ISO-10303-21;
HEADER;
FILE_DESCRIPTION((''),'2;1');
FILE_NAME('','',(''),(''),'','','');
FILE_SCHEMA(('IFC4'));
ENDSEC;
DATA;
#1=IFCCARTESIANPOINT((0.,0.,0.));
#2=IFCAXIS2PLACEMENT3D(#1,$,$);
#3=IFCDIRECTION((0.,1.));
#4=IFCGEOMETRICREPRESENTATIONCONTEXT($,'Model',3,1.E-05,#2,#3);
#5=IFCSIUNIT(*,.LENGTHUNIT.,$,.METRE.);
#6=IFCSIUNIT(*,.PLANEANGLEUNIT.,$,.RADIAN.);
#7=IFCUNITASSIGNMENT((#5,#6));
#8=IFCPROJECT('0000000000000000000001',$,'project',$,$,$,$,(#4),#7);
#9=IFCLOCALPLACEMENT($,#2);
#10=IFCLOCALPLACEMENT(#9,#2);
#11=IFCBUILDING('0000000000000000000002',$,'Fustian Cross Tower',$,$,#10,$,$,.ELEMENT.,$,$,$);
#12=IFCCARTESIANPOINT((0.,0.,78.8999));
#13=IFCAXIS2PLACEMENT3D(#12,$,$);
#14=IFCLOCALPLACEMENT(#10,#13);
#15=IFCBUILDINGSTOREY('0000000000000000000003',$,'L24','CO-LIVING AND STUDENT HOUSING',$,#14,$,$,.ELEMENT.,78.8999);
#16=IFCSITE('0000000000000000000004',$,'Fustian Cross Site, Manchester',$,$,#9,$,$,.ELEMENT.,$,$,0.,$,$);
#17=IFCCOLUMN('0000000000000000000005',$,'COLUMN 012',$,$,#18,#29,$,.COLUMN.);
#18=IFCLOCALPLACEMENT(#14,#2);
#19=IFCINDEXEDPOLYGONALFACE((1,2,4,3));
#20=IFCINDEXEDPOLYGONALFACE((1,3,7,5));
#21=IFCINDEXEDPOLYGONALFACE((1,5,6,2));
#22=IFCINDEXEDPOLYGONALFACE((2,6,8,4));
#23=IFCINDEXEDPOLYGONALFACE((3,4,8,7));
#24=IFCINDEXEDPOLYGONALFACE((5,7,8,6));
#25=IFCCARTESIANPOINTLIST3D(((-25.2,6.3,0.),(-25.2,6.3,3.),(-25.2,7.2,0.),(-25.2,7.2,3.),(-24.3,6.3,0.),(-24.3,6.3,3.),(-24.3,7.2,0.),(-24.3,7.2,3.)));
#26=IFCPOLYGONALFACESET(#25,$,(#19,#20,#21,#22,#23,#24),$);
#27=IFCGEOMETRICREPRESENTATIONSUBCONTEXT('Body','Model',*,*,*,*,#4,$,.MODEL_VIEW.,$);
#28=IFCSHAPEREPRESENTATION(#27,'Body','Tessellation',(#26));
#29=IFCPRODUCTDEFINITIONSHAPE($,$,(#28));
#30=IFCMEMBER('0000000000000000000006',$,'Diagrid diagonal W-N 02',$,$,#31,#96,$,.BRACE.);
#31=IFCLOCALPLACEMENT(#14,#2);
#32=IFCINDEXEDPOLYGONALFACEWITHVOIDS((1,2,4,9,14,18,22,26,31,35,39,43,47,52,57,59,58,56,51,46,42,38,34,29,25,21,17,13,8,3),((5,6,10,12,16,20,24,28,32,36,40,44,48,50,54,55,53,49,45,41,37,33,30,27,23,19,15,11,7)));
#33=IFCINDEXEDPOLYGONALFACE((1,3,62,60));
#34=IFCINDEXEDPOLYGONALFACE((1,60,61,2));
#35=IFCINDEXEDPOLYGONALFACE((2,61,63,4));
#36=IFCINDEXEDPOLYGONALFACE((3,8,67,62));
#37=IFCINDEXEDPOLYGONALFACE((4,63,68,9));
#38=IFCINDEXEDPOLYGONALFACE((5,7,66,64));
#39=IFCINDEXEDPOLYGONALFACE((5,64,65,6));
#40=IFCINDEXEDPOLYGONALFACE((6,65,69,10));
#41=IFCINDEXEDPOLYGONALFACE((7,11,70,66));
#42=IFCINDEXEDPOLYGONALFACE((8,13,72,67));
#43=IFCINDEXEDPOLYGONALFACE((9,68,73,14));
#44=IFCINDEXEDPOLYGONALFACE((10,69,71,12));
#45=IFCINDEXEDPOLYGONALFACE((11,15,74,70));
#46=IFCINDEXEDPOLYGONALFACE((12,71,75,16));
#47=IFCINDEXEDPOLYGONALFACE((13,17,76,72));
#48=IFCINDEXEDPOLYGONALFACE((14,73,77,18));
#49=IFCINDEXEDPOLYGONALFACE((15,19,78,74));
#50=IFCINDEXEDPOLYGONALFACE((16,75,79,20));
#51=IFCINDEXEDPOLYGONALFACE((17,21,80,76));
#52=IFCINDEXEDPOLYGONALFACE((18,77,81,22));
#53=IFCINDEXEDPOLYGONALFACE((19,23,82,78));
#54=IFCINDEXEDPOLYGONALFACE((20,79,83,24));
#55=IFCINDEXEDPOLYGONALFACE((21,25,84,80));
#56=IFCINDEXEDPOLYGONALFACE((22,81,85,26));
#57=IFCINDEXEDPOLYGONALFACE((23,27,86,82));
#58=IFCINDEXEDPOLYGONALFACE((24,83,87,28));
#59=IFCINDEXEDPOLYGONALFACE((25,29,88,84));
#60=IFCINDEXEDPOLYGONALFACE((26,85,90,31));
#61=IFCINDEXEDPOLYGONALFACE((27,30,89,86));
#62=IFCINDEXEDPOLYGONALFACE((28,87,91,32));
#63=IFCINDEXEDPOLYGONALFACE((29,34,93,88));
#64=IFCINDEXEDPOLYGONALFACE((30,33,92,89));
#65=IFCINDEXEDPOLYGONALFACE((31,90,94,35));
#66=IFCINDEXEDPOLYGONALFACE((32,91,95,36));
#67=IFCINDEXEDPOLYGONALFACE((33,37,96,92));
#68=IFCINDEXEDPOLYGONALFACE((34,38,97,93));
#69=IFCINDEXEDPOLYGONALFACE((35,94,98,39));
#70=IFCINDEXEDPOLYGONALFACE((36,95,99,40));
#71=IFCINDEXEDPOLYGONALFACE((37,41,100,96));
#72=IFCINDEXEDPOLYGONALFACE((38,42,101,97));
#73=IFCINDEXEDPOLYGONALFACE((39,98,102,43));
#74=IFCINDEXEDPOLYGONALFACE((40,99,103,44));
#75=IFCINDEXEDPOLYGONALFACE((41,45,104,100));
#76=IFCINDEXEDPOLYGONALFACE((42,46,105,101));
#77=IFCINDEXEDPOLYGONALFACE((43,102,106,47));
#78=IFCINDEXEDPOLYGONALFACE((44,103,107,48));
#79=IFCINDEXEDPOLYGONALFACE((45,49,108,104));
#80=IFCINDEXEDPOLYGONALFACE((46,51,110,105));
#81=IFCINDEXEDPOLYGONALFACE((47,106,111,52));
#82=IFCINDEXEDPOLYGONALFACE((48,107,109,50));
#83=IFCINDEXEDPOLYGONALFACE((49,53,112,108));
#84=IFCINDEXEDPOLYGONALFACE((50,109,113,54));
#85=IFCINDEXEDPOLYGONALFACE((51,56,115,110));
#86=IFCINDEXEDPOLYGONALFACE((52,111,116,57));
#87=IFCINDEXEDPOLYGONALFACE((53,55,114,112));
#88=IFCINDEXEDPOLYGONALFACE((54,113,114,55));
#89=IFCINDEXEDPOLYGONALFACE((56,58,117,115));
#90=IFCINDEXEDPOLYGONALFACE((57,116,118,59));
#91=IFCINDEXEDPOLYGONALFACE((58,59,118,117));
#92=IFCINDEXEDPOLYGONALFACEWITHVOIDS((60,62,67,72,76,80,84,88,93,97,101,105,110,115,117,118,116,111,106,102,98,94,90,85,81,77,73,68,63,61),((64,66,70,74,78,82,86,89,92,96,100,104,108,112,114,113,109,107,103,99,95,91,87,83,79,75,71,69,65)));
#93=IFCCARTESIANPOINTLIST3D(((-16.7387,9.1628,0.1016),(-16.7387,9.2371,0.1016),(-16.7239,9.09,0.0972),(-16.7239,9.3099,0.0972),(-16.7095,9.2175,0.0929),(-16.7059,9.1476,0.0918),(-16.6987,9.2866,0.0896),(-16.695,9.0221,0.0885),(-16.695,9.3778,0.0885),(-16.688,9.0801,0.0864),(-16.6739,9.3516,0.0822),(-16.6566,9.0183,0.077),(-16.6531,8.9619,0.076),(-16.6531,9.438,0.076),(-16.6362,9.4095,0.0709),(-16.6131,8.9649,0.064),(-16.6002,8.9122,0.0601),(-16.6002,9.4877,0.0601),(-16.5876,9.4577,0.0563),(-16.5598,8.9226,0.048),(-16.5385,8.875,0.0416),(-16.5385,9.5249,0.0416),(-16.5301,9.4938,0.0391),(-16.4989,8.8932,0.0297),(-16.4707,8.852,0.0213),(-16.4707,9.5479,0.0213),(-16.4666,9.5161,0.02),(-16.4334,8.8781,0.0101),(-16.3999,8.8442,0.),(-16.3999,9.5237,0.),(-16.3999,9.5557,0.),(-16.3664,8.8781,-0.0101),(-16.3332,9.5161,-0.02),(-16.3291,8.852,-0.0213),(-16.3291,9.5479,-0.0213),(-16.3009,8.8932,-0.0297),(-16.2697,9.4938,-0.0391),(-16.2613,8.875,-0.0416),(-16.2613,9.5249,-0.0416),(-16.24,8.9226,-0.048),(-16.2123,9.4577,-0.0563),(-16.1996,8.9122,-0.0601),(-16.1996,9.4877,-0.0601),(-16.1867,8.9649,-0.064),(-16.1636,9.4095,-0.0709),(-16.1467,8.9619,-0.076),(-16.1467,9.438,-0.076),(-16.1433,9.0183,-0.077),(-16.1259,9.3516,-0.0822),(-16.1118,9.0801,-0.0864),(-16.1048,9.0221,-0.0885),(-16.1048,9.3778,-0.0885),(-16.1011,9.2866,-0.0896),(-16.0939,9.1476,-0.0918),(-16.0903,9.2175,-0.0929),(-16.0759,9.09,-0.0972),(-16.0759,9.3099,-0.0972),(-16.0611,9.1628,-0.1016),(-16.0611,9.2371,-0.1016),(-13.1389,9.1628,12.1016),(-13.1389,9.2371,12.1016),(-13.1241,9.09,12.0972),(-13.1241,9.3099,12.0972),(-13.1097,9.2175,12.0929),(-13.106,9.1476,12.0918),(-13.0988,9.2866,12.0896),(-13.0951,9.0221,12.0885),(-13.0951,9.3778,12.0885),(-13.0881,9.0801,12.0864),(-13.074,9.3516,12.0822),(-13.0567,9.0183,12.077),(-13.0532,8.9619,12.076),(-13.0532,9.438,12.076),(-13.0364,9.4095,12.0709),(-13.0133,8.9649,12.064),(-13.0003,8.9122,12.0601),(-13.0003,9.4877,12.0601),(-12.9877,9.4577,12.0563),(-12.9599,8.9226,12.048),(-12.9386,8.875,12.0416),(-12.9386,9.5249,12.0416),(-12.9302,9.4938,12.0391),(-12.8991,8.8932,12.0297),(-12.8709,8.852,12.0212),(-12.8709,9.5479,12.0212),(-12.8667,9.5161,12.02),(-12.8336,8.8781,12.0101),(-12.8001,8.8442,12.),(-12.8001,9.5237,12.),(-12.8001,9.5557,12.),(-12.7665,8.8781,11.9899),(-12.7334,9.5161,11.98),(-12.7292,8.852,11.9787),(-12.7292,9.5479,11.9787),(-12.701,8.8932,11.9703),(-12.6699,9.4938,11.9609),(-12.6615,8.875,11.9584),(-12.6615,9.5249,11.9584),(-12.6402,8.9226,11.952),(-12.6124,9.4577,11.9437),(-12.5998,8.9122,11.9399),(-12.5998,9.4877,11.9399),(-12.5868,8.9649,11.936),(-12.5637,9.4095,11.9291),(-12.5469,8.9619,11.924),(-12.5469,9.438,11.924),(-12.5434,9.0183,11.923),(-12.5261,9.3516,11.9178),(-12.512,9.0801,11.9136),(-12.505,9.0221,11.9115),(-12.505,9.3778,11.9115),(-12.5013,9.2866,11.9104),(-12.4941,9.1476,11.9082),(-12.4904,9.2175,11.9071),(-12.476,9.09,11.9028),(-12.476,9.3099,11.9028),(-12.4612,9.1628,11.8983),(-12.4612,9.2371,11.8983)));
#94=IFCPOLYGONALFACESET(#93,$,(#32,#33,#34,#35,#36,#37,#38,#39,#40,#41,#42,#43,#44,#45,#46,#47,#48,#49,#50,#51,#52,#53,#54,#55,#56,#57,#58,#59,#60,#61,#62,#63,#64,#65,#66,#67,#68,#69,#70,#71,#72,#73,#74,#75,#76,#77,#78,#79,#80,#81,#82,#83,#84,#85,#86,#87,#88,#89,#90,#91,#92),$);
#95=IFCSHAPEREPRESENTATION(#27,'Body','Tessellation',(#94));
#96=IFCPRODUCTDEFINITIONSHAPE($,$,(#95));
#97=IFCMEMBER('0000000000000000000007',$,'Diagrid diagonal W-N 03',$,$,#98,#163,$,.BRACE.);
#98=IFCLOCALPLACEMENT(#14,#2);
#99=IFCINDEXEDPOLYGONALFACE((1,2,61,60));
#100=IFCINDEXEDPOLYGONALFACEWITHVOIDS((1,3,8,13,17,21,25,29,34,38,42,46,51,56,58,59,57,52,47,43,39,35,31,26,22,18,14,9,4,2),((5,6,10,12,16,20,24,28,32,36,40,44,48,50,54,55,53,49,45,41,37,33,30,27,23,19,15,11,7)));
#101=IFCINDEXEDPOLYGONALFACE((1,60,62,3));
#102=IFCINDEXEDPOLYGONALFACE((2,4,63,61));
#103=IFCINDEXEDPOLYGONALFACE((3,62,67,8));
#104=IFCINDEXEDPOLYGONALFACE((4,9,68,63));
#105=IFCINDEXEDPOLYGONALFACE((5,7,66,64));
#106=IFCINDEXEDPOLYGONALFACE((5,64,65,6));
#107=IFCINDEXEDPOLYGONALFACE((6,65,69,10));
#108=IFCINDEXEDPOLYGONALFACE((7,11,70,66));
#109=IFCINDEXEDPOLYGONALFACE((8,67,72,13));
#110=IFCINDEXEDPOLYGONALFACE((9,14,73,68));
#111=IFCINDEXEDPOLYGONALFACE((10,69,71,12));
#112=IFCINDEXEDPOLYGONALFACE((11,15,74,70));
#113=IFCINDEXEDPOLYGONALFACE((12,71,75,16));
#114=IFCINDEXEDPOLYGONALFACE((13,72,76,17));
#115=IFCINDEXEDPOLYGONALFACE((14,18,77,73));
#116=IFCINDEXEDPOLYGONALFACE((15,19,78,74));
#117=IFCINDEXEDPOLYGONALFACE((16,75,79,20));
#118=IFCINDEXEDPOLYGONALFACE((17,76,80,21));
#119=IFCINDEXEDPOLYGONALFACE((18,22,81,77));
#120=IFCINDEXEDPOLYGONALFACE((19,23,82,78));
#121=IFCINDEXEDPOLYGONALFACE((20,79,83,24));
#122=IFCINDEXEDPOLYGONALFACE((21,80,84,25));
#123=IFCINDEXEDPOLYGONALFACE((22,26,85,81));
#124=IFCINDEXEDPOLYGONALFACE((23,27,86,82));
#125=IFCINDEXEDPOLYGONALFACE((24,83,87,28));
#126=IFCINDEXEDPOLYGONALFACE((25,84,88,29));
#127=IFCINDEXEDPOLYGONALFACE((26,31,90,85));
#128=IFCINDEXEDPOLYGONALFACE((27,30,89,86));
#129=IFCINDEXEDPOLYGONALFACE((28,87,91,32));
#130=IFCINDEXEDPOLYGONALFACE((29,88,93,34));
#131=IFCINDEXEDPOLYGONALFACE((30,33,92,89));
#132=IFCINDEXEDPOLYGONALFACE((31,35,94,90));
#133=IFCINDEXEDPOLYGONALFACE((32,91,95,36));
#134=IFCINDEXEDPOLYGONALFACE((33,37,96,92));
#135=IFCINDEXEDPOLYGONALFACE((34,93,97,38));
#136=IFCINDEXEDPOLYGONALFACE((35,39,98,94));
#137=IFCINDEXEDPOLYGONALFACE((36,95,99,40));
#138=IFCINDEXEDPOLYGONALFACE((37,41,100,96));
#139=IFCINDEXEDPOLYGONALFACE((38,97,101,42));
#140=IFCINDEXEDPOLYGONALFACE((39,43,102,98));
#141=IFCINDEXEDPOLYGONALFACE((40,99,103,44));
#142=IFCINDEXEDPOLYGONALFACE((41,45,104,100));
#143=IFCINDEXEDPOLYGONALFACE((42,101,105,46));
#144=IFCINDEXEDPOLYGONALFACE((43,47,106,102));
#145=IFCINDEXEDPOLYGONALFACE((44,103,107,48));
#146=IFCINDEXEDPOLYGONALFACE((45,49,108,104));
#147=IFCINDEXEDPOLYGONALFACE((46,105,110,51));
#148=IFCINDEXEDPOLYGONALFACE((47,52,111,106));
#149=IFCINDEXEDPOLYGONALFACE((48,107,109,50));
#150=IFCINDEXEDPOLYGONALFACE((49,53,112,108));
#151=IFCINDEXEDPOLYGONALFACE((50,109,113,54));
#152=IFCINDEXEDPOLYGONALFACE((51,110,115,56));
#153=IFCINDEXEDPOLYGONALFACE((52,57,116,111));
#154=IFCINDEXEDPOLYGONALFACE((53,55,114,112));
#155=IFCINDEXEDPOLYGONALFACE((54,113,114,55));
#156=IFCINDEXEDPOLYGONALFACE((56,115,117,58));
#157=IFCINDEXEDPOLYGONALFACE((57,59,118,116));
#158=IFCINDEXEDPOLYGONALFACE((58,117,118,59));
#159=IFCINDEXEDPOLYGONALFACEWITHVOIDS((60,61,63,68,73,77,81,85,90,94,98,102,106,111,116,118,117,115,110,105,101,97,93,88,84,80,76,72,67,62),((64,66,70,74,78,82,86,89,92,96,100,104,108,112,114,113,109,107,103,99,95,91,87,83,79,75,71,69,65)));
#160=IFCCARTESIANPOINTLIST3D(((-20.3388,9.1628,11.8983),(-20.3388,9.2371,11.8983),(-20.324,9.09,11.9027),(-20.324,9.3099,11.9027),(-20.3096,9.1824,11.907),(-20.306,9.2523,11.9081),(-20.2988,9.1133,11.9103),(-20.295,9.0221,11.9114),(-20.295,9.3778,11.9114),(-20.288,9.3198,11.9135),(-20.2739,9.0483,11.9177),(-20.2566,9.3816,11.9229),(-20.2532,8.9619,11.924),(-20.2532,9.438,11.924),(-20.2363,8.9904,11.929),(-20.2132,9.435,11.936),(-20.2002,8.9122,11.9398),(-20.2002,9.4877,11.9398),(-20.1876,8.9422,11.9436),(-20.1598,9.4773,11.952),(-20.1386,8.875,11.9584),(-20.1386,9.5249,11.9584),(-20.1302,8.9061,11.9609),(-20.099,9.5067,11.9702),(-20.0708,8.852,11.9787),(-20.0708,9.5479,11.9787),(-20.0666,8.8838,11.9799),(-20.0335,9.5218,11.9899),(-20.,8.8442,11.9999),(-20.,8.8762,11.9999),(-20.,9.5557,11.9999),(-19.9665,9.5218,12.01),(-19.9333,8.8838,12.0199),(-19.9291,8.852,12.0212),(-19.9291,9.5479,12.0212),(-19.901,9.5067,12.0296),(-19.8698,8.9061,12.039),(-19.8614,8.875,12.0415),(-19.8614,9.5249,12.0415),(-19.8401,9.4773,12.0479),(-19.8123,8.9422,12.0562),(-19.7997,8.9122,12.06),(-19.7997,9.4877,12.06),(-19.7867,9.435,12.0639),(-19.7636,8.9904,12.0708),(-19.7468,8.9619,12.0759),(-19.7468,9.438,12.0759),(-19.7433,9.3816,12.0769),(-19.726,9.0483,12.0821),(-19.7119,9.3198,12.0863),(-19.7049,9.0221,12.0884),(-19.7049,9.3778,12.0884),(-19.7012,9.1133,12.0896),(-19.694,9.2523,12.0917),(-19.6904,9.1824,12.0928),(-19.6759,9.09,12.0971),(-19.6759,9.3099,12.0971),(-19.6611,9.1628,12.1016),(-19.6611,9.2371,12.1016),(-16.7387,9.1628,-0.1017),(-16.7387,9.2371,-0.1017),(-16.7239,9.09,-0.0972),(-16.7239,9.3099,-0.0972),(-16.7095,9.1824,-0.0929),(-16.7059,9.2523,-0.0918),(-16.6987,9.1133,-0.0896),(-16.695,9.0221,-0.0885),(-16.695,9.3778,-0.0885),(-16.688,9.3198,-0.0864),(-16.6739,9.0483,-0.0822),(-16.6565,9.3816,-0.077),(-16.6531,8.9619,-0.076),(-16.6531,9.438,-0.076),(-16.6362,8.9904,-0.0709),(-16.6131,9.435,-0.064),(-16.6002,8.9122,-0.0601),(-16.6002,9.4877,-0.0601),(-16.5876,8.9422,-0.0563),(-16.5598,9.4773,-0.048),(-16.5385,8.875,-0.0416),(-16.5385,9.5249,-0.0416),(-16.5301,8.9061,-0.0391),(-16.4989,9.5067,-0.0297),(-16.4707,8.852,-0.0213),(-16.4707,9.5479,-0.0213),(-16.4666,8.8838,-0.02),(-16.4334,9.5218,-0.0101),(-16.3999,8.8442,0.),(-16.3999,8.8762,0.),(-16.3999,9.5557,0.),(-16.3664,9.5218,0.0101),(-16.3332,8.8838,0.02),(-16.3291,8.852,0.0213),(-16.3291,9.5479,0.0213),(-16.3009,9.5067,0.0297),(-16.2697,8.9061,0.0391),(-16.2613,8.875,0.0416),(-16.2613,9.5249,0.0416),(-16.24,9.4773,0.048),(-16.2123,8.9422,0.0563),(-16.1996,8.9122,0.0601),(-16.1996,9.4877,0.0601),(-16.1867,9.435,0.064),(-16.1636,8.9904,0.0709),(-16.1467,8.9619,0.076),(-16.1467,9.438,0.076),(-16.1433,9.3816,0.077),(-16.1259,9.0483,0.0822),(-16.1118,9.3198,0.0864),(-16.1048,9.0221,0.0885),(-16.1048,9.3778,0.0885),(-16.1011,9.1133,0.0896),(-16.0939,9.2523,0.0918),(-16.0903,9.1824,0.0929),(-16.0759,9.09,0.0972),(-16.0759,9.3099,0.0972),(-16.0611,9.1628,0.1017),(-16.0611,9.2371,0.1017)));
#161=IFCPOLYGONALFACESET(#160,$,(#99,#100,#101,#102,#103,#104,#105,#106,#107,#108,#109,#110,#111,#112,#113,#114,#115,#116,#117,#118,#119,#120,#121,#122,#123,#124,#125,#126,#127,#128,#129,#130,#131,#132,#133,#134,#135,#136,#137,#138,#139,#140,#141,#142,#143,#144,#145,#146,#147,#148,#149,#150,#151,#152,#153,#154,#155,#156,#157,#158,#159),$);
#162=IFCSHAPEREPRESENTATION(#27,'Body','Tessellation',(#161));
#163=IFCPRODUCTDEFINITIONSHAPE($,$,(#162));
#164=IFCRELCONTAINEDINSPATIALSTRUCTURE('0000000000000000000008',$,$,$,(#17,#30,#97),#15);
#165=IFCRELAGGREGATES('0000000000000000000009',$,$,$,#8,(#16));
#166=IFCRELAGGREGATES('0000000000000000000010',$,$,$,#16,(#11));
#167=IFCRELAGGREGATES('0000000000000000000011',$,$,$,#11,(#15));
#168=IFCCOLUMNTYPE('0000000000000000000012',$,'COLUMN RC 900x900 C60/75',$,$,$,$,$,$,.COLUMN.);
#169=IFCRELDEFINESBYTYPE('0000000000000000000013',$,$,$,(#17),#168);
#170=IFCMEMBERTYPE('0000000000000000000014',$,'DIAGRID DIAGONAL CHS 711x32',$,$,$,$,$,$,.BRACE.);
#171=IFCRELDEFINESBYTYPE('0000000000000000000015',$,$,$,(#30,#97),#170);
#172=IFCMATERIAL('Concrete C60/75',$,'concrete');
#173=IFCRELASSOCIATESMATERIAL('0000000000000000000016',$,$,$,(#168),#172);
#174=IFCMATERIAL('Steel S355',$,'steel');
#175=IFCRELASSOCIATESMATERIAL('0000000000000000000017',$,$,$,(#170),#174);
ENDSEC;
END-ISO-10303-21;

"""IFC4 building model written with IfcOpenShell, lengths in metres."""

from ifc_helpers import new_model, si_unit, direction, frame, origin, origin_2d, place, context, subcontext, project, spatial, rectangle, hollow_circle, extrude, material, material_profile, profile_set, type_object, element, save


model = new_model("IFC4")

# Units and contexts
model_context = context("Model", 3, precision=1e-05, world=origin(), true_north=direction((0.0, 1.0)))
body_context = subcontext(model_context, "Body", "Model", "MODEL_VIEW")
ifc_project = project(units=[si_unit("LENGTHUNIT", "METRE"), si_unit("PLANEANGLEUNIT", "RADIAN")], contexts=[model_context])

# Site, building, storey
site_placement = place(None, origin())
site = spatial("IfcSite", under=ifc_project, at=site_placement, Name="Fustian Cross Site, Manchester", CompositionType="ELEMENT", RefElevation=0.0)
building_placement = place(site_placement, origin())
building = spatial("IfcBuilding", under=site, at=building_placement, Name="Fustian Cross Tower", CompositionType="ELEMENT")
storey_placement = place(building_placement, frame((0.0, 0.0, 78.8999)))
storey = spatial("IfcBuildingStorey", under=building, at=storey_placement, Name="L24", Description="CO-LIVING AND STUDENT HOUSING", CompositionType="ELEMENT", Elevation=78.8999)

# Column
ifc_material_1 = material(Name="Concrete C60/75", Category="concrete")
ifc_material_profile_1 = material_profile(ifc_material_1, rectangle(XDim=0.8999, YDim=0.8999, at=origin_2d()), Name="RC 900x900")
ifc_profile_set_1 = profile_set([ifc_material_profile_1], Name="Concrete C60/75")
column_type = type_object("IfcColumnType", Name="COLUMN RC 900x900 C60/75", PredefinedType="COLUMN", material=ifc_profile_set_1)
column_placement = place(storey_placement, frame((-24.75, 6.75, 0.0), z_axis=(0.0, 0.0, 1.0), x_axis=(1.0, 0.0, 0.0)))
element("IfcColumn", 1, at=column_placement, inside=storey, type_object=column_type, Name="COLUMN 012", PredefinedType="COLUMN", context=body_context, shape_type="SweptSolid", body=[
    extrude(rectangle(XDim=0.8999, YDim=0.8999, at=origin_2d()), origin(), (0.0, 0.0, 1.0), 3.0),
])

# Members
ifc_material_2 = material(Name="Steel S355", Category="steel")
ifc_material_profile_2 = material_profile(ifc_material_2, hollow_circle(Radius=0.3557, WallThickness=0.032, at=origin_2d()), Name="CHS 711x32")
ifc_profile_set_2 = profile_set([ifc_material_profile_2], Name="Steel S355")
member_type = type_object("IfcMemberType", Name="DIAGRID DIAGONAL CHS 711x32", PredefinedType="BRACE", material=ifc_profile_set_2)
for number, where, z_axis, x_axis, name in (
    (2, (-16.3999, 9.2, 0.0), (0.287337, 0.0, 0.95783), (0.0, 1.0, 0.0), "Diagrid diagonal W-N 02"),
    (3, (-16.3999, 9.2, 0.0), (-0.287355, 0.0, 0.957824), (0.0, -1.0, 0.0), "Diagrid diagonal W-N 03"),
):
    element("IfcMember", number, at=place(storey_placement, frame(where, z_axis=z_axis, x_axis=x_axis)), inside=storey, type_object=member_type, Name=name, PredefinedType="BRACE", context=body_context, shape_type="SweptSolid", body=[
        extrude(hollow_circle(Radius=0.3557, WallThickness=0.032, at=origin_2d()), origin(), (0.0, 0.0, 1.0), 12.5283),
    ])

save(model, "model.ifc")
